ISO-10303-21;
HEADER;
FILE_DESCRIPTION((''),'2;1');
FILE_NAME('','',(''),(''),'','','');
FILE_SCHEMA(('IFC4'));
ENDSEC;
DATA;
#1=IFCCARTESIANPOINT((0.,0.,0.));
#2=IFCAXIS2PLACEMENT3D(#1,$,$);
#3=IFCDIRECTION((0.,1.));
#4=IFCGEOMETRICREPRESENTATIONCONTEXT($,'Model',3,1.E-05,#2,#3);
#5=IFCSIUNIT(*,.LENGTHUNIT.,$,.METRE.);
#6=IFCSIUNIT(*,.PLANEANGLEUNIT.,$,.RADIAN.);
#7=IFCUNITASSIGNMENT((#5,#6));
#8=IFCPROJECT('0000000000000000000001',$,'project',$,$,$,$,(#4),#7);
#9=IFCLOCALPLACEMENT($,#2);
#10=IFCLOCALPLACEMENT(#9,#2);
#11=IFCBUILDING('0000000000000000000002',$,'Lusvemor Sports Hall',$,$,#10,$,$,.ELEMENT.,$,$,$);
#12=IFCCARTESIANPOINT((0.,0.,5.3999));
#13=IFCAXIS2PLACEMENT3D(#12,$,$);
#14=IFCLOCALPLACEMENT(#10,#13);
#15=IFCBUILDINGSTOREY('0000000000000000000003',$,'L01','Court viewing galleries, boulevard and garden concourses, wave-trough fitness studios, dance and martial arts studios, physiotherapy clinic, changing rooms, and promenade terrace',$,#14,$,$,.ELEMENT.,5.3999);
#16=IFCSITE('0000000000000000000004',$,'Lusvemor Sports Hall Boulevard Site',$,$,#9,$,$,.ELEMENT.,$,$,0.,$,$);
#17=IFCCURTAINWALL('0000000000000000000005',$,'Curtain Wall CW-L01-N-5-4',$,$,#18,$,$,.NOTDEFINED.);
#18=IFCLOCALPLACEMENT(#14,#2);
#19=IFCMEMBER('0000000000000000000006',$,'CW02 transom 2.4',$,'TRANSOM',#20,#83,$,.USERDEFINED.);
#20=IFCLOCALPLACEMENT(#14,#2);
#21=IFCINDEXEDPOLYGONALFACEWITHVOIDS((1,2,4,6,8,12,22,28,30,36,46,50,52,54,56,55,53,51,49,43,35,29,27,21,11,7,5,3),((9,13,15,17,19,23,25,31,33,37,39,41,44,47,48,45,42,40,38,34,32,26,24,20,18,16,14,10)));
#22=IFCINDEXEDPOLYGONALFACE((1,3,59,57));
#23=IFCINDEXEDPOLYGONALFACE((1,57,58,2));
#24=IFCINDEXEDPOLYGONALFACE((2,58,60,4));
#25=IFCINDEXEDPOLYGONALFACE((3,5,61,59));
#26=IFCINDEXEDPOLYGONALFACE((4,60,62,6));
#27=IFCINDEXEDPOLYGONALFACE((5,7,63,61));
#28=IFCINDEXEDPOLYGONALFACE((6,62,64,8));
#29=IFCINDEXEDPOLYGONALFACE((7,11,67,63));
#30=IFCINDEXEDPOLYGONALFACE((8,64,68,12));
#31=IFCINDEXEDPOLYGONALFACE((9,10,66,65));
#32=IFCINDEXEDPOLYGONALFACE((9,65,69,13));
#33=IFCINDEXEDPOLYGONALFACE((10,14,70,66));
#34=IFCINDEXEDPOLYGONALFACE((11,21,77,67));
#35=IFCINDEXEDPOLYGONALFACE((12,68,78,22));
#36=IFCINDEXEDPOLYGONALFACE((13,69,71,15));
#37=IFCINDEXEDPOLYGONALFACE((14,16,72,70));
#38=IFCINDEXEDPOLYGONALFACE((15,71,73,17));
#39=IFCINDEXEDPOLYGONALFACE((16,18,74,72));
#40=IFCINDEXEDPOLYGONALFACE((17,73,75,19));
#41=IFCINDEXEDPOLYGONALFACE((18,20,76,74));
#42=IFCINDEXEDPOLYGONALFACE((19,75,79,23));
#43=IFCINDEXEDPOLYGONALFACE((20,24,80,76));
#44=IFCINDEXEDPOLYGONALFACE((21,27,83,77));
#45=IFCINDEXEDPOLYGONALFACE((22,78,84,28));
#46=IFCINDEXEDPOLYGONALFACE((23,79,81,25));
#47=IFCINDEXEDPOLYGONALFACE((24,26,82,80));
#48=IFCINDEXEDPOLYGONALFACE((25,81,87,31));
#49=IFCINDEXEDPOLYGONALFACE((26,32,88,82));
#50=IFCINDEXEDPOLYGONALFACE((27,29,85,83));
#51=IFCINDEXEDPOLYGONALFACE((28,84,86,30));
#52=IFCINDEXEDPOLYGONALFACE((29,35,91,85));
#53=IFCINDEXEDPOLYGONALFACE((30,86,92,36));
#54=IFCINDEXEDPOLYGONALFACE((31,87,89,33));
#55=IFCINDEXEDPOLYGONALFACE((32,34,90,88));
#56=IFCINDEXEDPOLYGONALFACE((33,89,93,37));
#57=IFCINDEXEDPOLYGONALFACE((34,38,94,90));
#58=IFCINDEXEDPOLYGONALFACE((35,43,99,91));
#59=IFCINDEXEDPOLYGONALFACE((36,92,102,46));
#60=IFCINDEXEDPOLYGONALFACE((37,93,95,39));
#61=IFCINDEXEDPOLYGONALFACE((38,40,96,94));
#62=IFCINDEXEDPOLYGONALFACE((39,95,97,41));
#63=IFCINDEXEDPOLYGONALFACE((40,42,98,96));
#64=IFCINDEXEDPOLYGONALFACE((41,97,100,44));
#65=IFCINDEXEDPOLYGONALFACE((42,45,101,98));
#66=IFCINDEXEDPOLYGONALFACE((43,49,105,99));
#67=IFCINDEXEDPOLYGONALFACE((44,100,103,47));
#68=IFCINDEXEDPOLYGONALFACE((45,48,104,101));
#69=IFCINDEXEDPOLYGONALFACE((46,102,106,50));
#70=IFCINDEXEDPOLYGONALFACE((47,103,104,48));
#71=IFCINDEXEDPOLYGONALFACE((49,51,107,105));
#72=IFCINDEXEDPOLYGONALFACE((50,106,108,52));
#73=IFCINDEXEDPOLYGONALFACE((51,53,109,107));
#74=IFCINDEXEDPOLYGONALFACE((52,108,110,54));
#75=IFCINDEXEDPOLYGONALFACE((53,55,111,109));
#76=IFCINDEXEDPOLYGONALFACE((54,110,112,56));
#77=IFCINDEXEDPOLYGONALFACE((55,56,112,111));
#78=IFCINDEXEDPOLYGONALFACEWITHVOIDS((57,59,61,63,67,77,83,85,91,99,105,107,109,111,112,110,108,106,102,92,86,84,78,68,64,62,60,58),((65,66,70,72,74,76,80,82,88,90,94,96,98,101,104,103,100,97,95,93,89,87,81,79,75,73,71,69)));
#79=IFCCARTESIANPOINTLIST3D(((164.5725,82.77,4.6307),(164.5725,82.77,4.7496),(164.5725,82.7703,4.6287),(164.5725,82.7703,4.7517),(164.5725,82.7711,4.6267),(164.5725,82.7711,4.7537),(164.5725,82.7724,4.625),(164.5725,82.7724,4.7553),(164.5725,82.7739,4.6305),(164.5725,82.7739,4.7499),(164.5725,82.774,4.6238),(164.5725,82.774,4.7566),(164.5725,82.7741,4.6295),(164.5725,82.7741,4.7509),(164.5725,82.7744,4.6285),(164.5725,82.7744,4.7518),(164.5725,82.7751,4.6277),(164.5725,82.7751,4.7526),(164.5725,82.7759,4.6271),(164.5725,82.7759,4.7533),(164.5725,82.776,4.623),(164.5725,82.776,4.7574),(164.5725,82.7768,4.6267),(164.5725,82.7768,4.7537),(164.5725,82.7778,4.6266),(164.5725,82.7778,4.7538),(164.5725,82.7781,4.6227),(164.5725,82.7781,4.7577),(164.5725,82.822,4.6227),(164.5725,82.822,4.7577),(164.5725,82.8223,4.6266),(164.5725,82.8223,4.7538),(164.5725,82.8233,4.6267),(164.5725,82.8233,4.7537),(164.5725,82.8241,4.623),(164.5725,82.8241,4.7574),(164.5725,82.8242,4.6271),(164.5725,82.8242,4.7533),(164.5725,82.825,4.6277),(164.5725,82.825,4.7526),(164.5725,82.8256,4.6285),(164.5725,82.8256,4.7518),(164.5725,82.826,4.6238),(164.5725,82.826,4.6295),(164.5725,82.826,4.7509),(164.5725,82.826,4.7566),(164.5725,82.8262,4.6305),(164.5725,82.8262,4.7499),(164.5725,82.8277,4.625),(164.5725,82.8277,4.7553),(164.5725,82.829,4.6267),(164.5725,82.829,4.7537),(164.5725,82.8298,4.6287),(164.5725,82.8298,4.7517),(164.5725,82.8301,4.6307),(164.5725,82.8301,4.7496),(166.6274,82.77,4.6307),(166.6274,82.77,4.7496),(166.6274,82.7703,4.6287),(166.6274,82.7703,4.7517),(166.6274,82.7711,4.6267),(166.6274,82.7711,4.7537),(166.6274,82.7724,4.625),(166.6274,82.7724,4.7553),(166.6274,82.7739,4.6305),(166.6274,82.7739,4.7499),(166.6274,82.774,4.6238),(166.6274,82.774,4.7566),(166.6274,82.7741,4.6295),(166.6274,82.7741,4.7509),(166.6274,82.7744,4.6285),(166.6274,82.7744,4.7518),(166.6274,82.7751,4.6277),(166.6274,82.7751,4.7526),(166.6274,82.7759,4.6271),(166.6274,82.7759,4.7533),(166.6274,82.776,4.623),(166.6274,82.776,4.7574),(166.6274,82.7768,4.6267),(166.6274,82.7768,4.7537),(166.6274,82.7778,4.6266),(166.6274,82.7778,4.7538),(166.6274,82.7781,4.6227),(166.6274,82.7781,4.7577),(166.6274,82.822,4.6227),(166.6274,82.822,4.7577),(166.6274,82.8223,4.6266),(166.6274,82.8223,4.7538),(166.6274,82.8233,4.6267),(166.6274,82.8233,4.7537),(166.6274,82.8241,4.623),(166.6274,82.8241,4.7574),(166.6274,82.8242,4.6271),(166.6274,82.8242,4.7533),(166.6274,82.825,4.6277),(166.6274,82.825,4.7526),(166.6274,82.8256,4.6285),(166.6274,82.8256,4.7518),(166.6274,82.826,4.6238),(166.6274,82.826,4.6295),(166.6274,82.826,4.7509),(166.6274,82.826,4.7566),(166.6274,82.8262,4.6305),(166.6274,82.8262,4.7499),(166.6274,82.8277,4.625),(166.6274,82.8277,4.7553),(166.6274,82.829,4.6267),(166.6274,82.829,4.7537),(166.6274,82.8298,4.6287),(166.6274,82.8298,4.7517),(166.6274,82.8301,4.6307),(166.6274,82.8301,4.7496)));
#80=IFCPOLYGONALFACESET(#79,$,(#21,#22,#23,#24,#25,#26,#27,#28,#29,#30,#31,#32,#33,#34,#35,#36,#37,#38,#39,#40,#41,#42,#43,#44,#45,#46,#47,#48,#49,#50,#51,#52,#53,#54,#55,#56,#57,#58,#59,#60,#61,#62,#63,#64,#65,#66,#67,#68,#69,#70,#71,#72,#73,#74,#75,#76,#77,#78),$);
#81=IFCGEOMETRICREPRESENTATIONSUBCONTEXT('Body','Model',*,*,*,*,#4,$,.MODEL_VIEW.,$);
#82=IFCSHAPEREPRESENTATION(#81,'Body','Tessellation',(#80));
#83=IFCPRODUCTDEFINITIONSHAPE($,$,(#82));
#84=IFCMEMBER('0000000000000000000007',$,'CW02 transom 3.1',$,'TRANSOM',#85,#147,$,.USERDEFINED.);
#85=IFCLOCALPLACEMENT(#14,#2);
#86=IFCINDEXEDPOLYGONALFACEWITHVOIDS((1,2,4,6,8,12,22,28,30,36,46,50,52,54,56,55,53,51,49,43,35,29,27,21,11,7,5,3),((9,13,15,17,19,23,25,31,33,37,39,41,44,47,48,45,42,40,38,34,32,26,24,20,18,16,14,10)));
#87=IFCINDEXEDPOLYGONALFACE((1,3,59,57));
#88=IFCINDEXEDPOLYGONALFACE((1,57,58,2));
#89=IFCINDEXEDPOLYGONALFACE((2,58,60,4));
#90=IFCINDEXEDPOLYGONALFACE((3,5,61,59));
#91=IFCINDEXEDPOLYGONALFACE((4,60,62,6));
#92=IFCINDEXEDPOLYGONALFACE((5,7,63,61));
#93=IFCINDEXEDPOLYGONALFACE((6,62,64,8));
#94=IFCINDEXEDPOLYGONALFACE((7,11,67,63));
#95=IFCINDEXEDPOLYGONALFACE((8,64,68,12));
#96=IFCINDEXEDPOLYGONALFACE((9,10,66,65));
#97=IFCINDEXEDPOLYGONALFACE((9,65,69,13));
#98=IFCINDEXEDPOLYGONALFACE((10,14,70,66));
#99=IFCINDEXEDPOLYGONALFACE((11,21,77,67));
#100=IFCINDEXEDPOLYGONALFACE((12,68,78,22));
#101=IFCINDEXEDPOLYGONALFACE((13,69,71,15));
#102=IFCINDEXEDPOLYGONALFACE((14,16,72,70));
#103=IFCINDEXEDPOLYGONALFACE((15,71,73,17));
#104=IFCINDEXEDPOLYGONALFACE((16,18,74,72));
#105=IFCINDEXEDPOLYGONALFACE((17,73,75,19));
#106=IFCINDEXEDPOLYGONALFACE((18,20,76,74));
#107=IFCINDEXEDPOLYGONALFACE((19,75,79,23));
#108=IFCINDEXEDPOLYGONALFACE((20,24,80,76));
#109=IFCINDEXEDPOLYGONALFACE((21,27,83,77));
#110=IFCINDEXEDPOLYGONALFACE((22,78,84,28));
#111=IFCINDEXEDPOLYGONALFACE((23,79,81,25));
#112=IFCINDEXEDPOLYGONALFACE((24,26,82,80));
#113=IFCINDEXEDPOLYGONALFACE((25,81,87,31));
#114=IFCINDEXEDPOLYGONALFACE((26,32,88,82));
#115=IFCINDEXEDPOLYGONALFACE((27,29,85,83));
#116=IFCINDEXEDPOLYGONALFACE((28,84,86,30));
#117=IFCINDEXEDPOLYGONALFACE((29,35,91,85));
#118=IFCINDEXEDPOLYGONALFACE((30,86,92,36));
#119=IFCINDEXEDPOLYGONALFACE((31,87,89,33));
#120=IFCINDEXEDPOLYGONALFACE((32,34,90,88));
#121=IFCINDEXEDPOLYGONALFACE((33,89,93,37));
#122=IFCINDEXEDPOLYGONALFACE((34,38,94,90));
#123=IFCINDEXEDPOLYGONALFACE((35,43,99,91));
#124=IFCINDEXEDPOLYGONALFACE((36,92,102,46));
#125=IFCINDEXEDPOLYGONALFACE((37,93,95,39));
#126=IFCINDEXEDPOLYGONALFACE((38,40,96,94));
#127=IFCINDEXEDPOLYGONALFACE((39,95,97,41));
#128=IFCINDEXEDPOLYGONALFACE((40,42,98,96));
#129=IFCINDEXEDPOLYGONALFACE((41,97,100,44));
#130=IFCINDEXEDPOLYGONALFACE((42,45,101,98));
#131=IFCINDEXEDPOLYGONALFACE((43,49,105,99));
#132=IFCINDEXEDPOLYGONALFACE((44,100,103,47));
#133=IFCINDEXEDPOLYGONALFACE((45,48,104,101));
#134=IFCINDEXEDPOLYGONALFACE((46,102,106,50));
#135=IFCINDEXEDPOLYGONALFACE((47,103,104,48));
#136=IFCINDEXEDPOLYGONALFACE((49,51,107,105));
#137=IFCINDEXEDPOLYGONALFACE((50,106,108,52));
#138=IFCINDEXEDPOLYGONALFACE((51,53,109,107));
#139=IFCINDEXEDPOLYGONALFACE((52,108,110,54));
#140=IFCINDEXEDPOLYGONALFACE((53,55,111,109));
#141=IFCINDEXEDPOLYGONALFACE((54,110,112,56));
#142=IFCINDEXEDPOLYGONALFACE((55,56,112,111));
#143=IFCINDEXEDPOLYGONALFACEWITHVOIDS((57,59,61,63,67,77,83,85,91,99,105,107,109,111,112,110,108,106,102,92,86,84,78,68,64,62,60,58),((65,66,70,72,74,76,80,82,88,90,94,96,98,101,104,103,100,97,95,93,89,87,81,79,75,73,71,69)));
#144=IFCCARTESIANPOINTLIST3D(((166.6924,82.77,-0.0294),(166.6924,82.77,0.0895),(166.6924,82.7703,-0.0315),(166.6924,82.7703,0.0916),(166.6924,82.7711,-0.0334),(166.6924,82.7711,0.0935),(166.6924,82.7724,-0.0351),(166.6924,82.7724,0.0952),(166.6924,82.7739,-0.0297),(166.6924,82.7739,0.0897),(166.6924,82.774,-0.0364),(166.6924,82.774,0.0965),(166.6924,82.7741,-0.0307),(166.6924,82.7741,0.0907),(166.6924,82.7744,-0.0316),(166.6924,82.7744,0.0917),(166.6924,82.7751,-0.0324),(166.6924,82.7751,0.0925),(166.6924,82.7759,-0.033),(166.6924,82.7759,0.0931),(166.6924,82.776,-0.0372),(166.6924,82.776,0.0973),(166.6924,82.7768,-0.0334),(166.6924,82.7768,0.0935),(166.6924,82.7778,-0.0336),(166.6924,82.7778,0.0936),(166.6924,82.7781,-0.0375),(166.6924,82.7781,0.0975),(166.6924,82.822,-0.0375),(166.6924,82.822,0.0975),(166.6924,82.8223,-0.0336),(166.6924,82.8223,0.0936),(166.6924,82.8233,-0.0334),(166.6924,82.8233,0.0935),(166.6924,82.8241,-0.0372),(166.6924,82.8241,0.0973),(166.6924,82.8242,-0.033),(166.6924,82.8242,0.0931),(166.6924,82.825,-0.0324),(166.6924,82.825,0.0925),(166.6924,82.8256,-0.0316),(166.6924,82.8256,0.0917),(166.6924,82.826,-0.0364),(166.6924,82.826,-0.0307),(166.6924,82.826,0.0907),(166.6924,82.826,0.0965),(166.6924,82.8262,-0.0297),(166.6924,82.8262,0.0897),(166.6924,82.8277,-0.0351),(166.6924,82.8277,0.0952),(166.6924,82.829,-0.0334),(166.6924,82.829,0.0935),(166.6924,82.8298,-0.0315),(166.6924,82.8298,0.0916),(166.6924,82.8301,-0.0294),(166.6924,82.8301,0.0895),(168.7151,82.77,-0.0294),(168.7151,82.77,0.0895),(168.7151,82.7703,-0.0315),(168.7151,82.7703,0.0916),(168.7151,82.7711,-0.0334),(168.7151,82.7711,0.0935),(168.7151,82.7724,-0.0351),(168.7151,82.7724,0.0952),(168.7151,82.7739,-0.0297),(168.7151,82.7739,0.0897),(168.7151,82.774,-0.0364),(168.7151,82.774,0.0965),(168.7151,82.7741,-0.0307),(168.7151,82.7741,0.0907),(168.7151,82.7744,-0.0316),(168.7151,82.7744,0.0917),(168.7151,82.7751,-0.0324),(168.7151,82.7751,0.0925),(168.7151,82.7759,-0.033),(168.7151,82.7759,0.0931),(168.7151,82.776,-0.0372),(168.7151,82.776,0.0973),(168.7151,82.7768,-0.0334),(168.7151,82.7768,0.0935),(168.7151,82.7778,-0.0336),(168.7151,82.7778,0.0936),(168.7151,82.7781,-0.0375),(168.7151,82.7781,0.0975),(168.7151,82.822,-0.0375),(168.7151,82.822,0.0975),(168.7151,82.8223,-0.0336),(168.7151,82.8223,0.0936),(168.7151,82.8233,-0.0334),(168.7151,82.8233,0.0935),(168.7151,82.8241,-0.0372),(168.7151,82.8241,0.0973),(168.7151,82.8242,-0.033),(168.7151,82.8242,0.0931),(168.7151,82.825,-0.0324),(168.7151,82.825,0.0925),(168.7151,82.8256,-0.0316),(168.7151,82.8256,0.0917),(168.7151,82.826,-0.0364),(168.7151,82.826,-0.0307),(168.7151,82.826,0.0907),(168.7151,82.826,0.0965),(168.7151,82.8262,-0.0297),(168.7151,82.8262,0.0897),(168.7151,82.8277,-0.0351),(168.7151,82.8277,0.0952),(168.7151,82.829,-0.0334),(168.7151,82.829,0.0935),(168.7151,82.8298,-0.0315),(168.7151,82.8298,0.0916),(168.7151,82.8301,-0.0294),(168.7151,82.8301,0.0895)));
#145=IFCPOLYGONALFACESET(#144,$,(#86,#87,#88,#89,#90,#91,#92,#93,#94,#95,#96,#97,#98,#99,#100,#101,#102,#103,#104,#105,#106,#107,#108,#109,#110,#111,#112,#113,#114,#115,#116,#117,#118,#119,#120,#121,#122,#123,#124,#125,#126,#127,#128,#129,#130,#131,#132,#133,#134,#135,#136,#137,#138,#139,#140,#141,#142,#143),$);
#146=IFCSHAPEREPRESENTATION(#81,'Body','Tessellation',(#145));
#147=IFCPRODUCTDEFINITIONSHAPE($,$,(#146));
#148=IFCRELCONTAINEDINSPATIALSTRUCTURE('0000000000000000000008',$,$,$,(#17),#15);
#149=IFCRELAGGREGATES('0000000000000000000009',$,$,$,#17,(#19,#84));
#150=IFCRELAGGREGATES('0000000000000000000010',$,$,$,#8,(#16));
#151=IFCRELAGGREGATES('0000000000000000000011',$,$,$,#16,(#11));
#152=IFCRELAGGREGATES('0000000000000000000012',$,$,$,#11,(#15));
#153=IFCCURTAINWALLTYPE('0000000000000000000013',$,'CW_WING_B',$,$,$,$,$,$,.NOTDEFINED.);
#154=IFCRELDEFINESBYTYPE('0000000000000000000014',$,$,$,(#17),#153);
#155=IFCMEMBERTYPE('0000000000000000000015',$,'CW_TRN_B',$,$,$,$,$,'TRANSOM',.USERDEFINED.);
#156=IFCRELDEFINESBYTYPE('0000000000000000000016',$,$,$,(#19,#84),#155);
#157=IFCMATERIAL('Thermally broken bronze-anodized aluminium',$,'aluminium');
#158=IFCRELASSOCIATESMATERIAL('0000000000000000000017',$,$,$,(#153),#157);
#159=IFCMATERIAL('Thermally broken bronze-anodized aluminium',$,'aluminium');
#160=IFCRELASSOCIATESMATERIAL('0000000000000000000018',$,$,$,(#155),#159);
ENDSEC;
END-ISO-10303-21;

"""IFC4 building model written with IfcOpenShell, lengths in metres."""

from ifc_helpers import new_model, si_unit, direction, frame, origin, origin_2d, place, context, subcontext, project, spatial, hollow_rectangle, extrude, material, material_profile, profile_set, type_object, element, aggregate, save


model = new_model("IFC4")

# Units and contexts
model_context = context("Model", 3, precision=1e-05, world=origin(), true_north=direction((0.0, 1.0)))
body_context = subcontext(model_context, "Body", "Model", "MODEL_VIEW")
ifc_project = project(units=[si_unit("LENGTHUNIT", "METRE"), si_unit("PLANEANGLEUNIT", "RADIAN")], contexts=[model_context])

# Site, building, storey
site_placement = place(None, origin())
site = spatial("IfcSite", under=ifc_project, at=site_placement, Name="Lusvemor Sports Hall Boulevard Site", CompositionType="ELEMENT", RefElevation=0.0)
building_placement = place(site_placement, origin())
building = spatial("IfcBuilding", under=site, at=building_placement, Name="Lusvemor Sports Hall", CompositionType="ELEMENT")
storey_placement = place(building_placement, frame((0.0, 0.0, 5.3999)))
storey = spatial("IfcBuildingStorey", under=building, at=storey_placement, Name="L01", Description="Court viewing galleries, boulevard and garden concourses, wave-trough fitness studios, dance and martial arts studios, physiotherapy clinic, changing rooms, and promenade terrace", CompositionType="ELEMENT", Elevation=5.3999)

# Curtain wall, members
ifc_material_1 = material(Name="Thermally broken bronze-anodized aluminium", Category="aluminium")
curtain_wall_type = type_object("IfcCurtainWallType", Name="CW_WING_B", PredefinedType="NOTDEFINED", material=ifc_material_1)
curtain_wall_placement = place(storey_placement, origin())
curtain_wall = element("IfcCurtainWall", 1, at=curtain_wall_placement, inside=storey, type_object=curtain_wall_type, Name="Curtain Wall CW-L01-N-5-4", PredefinedType="NOTDEFINED")
ifc_material_2 = material(Name="Thermally broken bronze-anodized aluminium", Category="aluminium")
ifc_material_profile_1 = material_profile(ifc_material_2, hollow_rectangle(XDim=0.0601, YDim=0.135, WallThickness=0.0039, InnerFilletRadius=0.0039, OuterFilletRadius=0.0081, at=origin_2d()), Name="CWTRN135x60x4")
ifc_profile_set_1 = profile_set([ifc_material_profile_1], Name="Thermally broken bronze-anodized aluminium")
member_type_1 = type_object("IfcMemberType", Name="CW_TRN_B", ElementType="TRANSOM", PredefinedType="USERDEFINED", material=ifc_profile_set_1)
member_1_placement = place(storey_placement, frame((164.5725, 82.8, 4.6902), z_axis=(1.0, 0.0, 0.0), x_axis=(0.0, 1.0, 0.0)))
member_1 = element("IfcMember", 2, at=member_1_placement, type_object=member_type_1, Name="CW02 transom 2.4", ObjectType="TRANSOM", PredefinedType="USERDEFINED", context=body_context, shape_type="SweptSolid", body=[
    extrude(hollow_rectangle(XDim=0.0601, YDim=0.135, WallThickness=0.0039, InnerFilletRadius=0.0039, OuterFilletRadius=0.0081, at=origin_2d()), origin(), (0.0, 0.0, 1.0), 2.0549),
])
member_2_placement = place(storey_placement, frame((166.6924, 82.8, 0.03), z_axis=(1.0, 0.0, 0.0), x_axis=(0.0, 1.0, 0.0)))
member_2 = element("IfcMember", 3, at=member_2_placement, type_object=member_type_1, Name="CW02 transom 3.1", ObjectType="TRANSOM", PredefinedType="USERDEFINED", context=body_context, shape_type="SweptSolid", body=[
    extrude(hollow_rectangle(XDim=0.0601, YDim=0.135, WallThickness=0.0039, InnerFilletRadius=0.0039, OuterFilletRadius=0.0081, at=origin_2d()), origin(), (0.0, 0.0, 1.0), 2.0227),
])

aggregate(curtain_wall, [member_1, member_2])

save(model, "model.ifc")
